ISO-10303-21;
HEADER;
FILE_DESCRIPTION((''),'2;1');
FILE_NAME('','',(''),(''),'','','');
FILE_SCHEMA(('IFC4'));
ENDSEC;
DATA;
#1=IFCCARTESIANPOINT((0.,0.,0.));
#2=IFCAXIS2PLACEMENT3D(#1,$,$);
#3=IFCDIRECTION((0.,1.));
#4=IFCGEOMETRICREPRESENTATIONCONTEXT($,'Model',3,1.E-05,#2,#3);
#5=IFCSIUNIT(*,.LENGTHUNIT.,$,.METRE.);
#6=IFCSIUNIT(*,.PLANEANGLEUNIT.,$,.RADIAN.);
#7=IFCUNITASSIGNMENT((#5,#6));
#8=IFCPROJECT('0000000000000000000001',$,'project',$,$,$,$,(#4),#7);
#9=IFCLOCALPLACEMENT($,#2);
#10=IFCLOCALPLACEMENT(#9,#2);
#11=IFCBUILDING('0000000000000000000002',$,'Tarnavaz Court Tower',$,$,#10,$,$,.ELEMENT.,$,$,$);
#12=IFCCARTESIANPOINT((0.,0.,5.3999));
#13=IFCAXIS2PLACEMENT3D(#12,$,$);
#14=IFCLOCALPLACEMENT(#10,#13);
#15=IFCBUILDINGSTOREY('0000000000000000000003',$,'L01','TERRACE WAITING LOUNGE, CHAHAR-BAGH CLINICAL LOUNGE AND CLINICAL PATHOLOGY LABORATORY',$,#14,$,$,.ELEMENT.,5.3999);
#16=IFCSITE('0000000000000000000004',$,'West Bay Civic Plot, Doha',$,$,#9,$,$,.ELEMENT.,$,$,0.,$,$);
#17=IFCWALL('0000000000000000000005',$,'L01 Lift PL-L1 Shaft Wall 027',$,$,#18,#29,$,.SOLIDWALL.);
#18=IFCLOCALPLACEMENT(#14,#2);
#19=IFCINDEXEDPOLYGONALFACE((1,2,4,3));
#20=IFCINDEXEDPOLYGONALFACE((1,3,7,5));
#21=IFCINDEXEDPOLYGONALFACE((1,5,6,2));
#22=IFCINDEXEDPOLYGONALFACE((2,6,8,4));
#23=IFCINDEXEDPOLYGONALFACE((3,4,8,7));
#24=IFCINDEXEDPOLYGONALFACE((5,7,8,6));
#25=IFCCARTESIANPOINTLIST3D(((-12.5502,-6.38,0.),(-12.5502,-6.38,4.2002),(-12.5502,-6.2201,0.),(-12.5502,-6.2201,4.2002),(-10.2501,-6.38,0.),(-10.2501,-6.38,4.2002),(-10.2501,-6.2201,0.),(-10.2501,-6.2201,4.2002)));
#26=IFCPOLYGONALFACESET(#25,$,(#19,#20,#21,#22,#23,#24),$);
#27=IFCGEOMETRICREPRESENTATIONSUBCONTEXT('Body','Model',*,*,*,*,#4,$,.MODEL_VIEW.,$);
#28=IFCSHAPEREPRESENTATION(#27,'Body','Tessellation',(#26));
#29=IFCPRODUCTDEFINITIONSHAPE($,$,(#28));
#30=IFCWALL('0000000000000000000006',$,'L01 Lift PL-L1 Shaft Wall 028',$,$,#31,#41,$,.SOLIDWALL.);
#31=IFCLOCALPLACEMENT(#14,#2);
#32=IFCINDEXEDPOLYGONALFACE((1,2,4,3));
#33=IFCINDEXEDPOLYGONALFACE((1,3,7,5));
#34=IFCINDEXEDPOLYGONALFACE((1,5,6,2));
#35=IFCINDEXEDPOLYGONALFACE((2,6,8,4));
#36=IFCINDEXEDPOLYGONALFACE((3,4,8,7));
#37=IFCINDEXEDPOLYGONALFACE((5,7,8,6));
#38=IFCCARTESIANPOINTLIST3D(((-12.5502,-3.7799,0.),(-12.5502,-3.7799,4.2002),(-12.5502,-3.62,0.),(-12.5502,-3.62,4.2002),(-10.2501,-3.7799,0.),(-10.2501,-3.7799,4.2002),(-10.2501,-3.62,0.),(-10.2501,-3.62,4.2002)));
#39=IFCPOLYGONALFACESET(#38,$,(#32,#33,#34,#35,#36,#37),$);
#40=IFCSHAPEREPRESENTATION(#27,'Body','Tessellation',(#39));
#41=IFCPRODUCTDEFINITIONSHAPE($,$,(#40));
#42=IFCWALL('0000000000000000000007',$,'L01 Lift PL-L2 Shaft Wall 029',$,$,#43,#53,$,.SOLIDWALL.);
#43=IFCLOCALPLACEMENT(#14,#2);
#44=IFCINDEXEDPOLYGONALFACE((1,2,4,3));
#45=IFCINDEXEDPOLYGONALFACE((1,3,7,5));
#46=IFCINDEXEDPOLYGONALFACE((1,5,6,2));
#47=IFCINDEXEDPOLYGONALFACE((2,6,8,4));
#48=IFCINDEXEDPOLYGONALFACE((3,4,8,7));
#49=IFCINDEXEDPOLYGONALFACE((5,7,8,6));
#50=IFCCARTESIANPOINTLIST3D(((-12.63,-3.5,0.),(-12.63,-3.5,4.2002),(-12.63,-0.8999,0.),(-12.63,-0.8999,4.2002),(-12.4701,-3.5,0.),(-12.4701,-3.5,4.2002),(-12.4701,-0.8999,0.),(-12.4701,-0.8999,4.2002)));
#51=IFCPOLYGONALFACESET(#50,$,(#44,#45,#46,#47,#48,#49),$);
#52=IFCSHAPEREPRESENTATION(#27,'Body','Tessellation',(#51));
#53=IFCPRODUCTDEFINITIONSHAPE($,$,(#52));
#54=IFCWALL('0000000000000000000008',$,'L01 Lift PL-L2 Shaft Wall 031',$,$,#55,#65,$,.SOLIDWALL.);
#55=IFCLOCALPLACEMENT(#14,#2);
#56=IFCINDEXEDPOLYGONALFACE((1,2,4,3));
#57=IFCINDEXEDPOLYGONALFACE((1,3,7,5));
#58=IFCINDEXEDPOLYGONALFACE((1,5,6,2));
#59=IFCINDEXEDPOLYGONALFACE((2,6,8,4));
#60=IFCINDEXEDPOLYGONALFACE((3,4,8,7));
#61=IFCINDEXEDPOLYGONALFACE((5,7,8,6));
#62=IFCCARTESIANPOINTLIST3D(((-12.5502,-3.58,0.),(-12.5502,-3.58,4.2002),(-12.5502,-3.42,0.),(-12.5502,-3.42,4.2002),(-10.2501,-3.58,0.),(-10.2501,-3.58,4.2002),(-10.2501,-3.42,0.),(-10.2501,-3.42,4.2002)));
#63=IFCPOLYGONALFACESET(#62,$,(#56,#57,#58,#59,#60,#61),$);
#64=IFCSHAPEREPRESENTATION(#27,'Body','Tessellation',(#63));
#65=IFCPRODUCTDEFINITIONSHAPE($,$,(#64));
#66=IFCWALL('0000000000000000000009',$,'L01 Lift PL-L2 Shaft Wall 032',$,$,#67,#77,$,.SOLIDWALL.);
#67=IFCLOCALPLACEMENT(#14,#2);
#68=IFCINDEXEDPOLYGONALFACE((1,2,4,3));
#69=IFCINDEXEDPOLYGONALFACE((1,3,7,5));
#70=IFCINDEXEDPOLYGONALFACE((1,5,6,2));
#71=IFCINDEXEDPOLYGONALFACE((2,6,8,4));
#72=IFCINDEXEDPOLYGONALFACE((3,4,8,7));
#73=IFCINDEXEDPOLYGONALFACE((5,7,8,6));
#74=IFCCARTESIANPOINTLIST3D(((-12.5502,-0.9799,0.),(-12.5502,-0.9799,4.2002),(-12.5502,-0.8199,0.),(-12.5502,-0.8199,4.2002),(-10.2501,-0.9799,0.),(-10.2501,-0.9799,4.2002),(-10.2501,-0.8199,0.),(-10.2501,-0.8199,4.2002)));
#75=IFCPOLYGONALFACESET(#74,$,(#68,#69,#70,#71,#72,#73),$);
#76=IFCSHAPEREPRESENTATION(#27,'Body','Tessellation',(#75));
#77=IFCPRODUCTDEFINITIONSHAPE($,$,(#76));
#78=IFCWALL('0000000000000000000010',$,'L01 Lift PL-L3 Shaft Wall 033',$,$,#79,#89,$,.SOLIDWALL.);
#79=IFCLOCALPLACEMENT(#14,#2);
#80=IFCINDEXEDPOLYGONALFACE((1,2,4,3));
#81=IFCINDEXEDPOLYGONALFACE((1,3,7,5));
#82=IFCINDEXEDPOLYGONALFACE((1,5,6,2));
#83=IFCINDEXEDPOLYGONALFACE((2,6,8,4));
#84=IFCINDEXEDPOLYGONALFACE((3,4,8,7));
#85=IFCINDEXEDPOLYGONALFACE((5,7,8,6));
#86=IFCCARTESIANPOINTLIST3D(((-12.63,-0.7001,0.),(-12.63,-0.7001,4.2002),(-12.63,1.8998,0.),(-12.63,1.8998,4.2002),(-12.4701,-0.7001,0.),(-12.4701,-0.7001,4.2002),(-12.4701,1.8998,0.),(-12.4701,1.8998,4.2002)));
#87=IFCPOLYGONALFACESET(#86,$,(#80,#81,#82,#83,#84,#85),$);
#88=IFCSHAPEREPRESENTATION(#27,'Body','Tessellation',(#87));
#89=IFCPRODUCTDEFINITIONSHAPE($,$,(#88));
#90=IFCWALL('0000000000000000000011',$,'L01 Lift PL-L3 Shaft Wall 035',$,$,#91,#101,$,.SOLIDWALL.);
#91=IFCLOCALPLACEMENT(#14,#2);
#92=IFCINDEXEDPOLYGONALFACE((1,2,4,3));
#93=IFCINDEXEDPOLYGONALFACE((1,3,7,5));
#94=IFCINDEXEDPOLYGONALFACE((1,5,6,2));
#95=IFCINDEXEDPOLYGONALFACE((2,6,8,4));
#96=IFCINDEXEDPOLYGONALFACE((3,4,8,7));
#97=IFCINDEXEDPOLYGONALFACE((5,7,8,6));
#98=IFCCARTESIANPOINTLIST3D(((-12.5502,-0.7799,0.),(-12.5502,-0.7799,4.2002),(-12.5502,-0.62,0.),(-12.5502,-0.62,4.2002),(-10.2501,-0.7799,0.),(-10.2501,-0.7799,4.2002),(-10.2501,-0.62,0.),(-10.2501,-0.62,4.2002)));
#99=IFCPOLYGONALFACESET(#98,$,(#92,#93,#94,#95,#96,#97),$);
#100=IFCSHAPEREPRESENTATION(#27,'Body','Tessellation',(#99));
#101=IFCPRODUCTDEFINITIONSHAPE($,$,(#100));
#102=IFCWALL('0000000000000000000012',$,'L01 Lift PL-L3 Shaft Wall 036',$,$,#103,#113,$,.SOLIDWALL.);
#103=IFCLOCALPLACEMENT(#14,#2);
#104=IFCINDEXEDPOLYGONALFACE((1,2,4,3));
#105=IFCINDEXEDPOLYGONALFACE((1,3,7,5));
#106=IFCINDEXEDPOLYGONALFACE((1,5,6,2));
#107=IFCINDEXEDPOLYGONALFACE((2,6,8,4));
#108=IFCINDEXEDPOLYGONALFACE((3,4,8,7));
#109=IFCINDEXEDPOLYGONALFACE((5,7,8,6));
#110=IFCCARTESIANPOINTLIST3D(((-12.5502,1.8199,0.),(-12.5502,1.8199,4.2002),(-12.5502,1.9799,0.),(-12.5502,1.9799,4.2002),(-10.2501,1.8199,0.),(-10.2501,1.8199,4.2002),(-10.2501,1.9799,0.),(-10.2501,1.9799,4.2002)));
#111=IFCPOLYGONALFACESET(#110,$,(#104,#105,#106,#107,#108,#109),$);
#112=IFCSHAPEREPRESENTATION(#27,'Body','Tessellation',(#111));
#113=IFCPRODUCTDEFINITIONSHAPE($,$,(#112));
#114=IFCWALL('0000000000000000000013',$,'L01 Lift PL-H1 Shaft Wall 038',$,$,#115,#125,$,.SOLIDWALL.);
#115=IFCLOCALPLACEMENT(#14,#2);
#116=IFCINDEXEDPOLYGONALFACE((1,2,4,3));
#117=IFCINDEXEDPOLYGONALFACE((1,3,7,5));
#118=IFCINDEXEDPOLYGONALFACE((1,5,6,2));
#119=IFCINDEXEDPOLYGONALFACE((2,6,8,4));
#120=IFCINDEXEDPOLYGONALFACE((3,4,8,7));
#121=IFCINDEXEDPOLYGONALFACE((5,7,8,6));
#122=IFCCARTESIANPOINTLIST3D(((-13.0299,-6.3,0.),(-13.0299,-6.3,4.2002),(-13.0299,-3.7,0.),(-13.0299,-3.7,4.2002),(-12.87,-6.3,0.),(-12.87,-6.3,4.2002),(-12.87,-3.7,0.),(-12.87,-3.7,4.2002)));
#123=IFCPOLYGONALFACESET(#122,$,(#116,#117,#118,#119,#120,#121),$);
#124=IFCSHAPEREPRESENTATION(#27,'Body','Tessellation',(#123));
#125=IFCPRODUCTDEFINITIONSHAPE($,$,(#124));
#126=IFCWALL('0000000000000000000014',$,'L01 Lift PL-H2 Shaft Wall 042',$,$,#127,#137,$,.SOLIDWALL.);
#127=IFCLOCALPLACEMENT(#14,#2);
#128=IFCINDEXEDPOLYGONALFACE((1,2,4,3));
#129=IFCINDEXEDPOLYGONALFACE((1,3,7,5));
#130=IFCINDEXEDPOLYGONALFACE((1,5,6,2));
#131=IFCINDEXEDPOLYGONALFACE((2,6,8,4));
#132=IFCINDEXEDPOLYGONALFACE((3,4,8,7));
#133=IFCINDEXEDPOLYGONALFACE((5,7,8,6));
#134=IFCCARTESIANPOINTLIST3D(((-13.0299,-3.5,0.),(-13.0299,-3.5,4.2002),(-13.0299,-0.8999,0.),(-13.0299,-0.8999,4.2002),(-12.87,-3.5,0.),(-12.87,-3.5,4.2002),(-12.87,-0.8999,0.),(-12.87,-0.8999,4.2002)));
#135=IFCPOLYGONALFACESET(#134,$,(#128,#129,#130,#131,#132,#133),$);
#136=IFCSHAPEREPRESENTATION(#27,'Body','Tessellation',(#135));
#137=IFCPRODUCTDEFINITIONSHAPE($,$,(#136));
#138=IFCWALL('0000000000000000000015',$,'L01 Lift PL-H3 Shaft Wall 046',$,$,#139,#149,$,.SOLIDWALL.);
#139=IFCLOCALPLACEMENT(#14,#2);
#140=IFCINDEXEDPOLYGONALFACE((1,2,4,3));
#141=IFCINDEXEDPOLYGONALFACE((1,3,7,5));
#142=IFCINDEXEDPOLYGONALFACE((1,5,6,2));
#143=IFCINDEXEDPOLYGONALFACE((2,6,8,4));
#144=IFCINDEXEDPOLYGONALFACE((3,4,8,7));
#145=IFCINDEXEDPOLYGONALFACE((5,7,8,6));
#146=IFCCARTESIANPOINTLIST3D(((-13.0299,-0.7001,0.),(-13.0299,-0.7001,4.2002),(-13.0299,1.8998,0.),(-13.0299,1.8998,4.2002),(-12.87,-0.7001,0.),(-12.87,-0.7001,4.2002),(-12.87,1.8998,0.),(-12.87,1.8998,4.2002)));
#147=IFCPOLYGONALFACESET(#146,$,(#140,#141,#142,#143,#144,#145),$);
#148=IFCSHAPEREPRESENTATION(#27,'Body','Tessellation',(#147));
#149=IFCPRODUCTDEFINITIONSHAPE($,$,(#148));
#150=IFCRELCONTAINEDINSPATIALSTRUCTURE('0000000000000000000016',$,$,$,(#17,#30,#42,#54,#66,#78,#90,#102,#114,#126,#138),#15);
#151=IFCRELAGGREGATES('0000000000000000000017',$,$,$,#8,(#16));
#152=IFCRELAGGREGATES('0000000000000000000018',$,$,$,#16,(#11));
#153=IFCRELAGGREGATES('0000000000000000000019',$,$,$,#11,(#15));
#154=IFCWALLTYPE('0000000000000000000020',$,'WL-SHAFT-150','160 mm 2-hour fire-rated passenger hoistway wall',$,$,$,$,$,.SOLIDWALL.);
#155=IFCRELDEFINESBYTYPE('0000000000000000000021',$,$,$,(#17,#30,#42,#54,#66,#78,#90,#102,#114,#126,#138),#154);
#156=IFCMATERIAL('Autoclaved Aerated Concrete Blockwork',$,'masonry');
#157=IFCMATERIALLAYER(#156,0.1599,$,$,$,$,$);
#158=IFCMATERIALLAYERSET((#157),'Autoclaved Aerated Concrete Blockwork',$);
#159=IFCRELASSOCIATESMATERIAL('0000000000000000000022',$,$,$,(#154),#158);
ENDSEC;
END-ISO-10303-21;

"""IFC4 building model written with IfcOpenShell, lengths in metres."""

from ifc_helpers import new_model, si_unit, direction, frame, frame_2d, origin, place, context, subcontext, project, spatial, rectangle, extrude, material, layer, layer_set, type_object, element, save


model = new_model("IFC4")

# Units and contexts
model_context = context("Model", 3, precision=1e-05, world=origin(), true_north=direction((0.0, 1.0)))
body_context = subcontext(model_context, "Body", "Model", "MODEL_VIEW")
ifc_project = project(units=[si_unit("LENGTHUNIT", "METRE"), si_unit("PLANEANGLEUNIT", "RADIAN")], contexts=[model_context])

# Site, building, storey
site_placement = place(None, origin())
site = spatial("IfcSite", under=ifc_project, at=site_placement, Name="West Bay Civic Plot, Doha", CompositionType="ELEMENT", RefElevation=0.0)
building_placement = place(site_placement, origin())
building = spatial("IfcBuilding", under=site, at=building_placement, Name="Tarnavaz Court Tower", CompositionType="ELEMENT")
storey_placement = place(building_placement, frame((0.0, 0.0, 5.3999)))
storey = spatial("IfcBuildingStorey", under=building, at=storey_placement, Name="L01", Description="TERRACE WAITING LOUNGE, CHAHAR-BAGH CLINICAL LOUNGE AND CLINICAL PATHOLOGY LABORATORY", CompositionType="ELEMENT", Elevation=5.3999)

# Shared definitions
ifc_material_1 = material(Name="Autoclaved Aerated Concrete Blockwork", Category="masonry")

# Shared definitions
ifc_layer_1 = layer(ifc_material_1, 0.1599)
ifc_layer_set_1 = layer_set([ifc_layer_1], Name="Autoclaved Aerated Concrete Blockwork")
wall_type_1 = type_object("IfcWallType", Name="WL-SHAFT-150", Description="160 mm 2-hour fire-rated passenger hoistway wall", PredefinedType="SOLIDWALL", material=ifc_layer_set_1)

# Walls
for number, where, z_axis, x_axis, name in (
    (1, (-12.55, -6.3, 0.0), (0.0, 0.0, 1.0), (1.0, 0.0, 0.0), "L01 Lift PL-L1 Shaft Wall 027"),
    (2, (-12.55, -3.7, 0.0), (0.0, 0.0, 1.0), (1.0, 0.0, 0.0), "L01 Lift PL-L1 Shaft Wall 028"),
):
    element("IfcWall", number, at=place(storey_placement, frame(where, z_axis=z_axis, x_axis=x_axis)), inside=storey, type_object=wall_type_1, Name=name, PredefinedType="SOLIDWALL", context=body_context, shape_type="SweptSolid", body=[
        extrude(rectangle(XDim=2.3, YDim=0.1599, at=frame_2d((1.1499, 0.0))), origin(), (0.0, 0.0, 1.0), 4.2002),
    ])
wall_1_placement = place(storey_placement, frame((-12.55, -3.5, 0.0), z_axis=(0.0, 0.0, 1.0), x_axis=(0.0, 1.0, 0.0)))
element("IfcWall", 3, at=wall_1_placement, inside=storey, type_object=wall_type_1, Name="L01 Lift PL-L2 Shaft Wall 029", PredefinedType="SOLIDWALL", context=body_context, shape_type="SweptSolid", body=[
    extrude(rectangle(XDim=2.6001, YDim=0.1599, at=frame_2d((1.3, 0.0))), origin(), (0.0, 0.0, 1.0), 4.2002),
])

# Walls
for number, where, z_axis, x_axis, name in (
    (4, (-12.55, -3.5, 0.0), (0.0, 0.0, 1.0), (1.0, 0.0, 0.0), "L01 Lift PL-L2 Shaft Wall 031"),
    (5, (-12.55, -0.8999, 0.0), (0.0, 0.0, 1.0), (1.0, 0.0, 0.0), "L01 Lift PL-L2 Shaft Wall 032"),
):
    element("IfcWall", number, at=place(storey_placement, frame(where, z_axis=z_axis, x_axis=x_axis)), inside=storey, type_object=wall_type_1, Name=name, PredefinedType="SOLIDWALL", context=body_context, shape_type="SweptSolid", body=[
        extrude(rectangle(XDim=2.3, YDim=0.1599, at=frame_2d((1.1499, 0.0))), origin(), (0.0, 0.0, 1.0), 4.2002),
    ])
wall_2_placement = place(storey_placement, frame((-12.55, -0.7, 0.0), z_axis=(0.0, 0.0, 1.0), x_axis=(0.0, 1.0, 0.0)))
element("IfcWall", 6, at=wall_2_placement, inside=storey, type_object=wall_type_1, Name="L01 Lift PL-L3 Shaft Wall 033", PredefinedType="SOLIDWALL", context=body_context, shape_type="SweptSolid", body=[
    extrude(rectangle(XDim=2.5999, YDim=0.1599, at=frame_2d((1.2998, 0.0))), origin(), (0.0, 0.0, 1.0), 4.2002),
])

# Walls
for number, where, z_axis, x_axis, name in (
    (7, (-12.55, -0.7, 0.0), (0.0, 0.0, 1.0), (1.0, 0.0, 0.0), "L01 Lift PL-L3 Shaft Wall 035"),
    (8, (-12.55, 1.8999, 0.0), (0.0, 0.0, 1.0), (1.0, 0.0, 0.0), "L01 Lift PL-L3 Shaft Wall 036"),
):
    element("IfcWall", number, at=place(storey_placement, frame(where, z_axis=z_axis, x_axis=x_axis)), inside=storey, type_object=wall_type_1, Name=name, PredefinedType="SOLIDWALL", context=body_context, shape_type="SweptSolid", body=[
        extrude(rectangle(XDim=2.3, YDim=0.1599, at=frame_2d((1.1499, 0.0))), origin(), (0.0, 0.0, 1.0), 4.2002),
    ])
for number, where, z_axis, x_axis, name in (
    (9, (-12.95, -6.3, 0.0), (0.0, 0.0, 1.0), (0.0, 1.0, 0.0), "L01 Lift PL-H1 Shaft Wall 038"),
    (10, (-12.95, -3.5, 0.0), (0.0, 0.0, 1.0), (0.0, 1.0, 0.0), "L01 Lift PL-H2 Shaft Wall 042"),
):
    element("IfcWall", number, at=place(storey_placement, frame(where, z_axis=z_axis, x_axis=x_axis)), inside=storey, type_object=wall_type_1, Name=name, PredefinedType="SOLIDWALL", context=body_context, shape_type="SweptSolid", body=[
        extrude(rectangle(XDim=2.6001, YDim=0.1599, at=frame_2d((1.3, 0.0))), origin(), (0.0, 0.0, 1.0), 4.2002),
    ])
wall_3_placement = place(storey_placement, frame((-12.95, -0.7, 0.0), z_axis=(0.0, 0.0, 1.0), x_axis=(0.0, 1.0, 0.0)))
element("IfcWall", 11, at=wall_3_placement, inside=storey, type_object=wall_type_1, Name="L01 Lift PL-H3 Shaft Wall 046", PredefinedType="SOLIDWALL", context=body_context, shape_type="SweptSolid", body=[
    extrude(rectangle(XDim=2.5999, YDim=0.1599, at=frame_2d((1.2998, 0.0))), origin(), (0.0, 0.0, 1.0), 4.2002),
])

save(model, "model.ifc")
